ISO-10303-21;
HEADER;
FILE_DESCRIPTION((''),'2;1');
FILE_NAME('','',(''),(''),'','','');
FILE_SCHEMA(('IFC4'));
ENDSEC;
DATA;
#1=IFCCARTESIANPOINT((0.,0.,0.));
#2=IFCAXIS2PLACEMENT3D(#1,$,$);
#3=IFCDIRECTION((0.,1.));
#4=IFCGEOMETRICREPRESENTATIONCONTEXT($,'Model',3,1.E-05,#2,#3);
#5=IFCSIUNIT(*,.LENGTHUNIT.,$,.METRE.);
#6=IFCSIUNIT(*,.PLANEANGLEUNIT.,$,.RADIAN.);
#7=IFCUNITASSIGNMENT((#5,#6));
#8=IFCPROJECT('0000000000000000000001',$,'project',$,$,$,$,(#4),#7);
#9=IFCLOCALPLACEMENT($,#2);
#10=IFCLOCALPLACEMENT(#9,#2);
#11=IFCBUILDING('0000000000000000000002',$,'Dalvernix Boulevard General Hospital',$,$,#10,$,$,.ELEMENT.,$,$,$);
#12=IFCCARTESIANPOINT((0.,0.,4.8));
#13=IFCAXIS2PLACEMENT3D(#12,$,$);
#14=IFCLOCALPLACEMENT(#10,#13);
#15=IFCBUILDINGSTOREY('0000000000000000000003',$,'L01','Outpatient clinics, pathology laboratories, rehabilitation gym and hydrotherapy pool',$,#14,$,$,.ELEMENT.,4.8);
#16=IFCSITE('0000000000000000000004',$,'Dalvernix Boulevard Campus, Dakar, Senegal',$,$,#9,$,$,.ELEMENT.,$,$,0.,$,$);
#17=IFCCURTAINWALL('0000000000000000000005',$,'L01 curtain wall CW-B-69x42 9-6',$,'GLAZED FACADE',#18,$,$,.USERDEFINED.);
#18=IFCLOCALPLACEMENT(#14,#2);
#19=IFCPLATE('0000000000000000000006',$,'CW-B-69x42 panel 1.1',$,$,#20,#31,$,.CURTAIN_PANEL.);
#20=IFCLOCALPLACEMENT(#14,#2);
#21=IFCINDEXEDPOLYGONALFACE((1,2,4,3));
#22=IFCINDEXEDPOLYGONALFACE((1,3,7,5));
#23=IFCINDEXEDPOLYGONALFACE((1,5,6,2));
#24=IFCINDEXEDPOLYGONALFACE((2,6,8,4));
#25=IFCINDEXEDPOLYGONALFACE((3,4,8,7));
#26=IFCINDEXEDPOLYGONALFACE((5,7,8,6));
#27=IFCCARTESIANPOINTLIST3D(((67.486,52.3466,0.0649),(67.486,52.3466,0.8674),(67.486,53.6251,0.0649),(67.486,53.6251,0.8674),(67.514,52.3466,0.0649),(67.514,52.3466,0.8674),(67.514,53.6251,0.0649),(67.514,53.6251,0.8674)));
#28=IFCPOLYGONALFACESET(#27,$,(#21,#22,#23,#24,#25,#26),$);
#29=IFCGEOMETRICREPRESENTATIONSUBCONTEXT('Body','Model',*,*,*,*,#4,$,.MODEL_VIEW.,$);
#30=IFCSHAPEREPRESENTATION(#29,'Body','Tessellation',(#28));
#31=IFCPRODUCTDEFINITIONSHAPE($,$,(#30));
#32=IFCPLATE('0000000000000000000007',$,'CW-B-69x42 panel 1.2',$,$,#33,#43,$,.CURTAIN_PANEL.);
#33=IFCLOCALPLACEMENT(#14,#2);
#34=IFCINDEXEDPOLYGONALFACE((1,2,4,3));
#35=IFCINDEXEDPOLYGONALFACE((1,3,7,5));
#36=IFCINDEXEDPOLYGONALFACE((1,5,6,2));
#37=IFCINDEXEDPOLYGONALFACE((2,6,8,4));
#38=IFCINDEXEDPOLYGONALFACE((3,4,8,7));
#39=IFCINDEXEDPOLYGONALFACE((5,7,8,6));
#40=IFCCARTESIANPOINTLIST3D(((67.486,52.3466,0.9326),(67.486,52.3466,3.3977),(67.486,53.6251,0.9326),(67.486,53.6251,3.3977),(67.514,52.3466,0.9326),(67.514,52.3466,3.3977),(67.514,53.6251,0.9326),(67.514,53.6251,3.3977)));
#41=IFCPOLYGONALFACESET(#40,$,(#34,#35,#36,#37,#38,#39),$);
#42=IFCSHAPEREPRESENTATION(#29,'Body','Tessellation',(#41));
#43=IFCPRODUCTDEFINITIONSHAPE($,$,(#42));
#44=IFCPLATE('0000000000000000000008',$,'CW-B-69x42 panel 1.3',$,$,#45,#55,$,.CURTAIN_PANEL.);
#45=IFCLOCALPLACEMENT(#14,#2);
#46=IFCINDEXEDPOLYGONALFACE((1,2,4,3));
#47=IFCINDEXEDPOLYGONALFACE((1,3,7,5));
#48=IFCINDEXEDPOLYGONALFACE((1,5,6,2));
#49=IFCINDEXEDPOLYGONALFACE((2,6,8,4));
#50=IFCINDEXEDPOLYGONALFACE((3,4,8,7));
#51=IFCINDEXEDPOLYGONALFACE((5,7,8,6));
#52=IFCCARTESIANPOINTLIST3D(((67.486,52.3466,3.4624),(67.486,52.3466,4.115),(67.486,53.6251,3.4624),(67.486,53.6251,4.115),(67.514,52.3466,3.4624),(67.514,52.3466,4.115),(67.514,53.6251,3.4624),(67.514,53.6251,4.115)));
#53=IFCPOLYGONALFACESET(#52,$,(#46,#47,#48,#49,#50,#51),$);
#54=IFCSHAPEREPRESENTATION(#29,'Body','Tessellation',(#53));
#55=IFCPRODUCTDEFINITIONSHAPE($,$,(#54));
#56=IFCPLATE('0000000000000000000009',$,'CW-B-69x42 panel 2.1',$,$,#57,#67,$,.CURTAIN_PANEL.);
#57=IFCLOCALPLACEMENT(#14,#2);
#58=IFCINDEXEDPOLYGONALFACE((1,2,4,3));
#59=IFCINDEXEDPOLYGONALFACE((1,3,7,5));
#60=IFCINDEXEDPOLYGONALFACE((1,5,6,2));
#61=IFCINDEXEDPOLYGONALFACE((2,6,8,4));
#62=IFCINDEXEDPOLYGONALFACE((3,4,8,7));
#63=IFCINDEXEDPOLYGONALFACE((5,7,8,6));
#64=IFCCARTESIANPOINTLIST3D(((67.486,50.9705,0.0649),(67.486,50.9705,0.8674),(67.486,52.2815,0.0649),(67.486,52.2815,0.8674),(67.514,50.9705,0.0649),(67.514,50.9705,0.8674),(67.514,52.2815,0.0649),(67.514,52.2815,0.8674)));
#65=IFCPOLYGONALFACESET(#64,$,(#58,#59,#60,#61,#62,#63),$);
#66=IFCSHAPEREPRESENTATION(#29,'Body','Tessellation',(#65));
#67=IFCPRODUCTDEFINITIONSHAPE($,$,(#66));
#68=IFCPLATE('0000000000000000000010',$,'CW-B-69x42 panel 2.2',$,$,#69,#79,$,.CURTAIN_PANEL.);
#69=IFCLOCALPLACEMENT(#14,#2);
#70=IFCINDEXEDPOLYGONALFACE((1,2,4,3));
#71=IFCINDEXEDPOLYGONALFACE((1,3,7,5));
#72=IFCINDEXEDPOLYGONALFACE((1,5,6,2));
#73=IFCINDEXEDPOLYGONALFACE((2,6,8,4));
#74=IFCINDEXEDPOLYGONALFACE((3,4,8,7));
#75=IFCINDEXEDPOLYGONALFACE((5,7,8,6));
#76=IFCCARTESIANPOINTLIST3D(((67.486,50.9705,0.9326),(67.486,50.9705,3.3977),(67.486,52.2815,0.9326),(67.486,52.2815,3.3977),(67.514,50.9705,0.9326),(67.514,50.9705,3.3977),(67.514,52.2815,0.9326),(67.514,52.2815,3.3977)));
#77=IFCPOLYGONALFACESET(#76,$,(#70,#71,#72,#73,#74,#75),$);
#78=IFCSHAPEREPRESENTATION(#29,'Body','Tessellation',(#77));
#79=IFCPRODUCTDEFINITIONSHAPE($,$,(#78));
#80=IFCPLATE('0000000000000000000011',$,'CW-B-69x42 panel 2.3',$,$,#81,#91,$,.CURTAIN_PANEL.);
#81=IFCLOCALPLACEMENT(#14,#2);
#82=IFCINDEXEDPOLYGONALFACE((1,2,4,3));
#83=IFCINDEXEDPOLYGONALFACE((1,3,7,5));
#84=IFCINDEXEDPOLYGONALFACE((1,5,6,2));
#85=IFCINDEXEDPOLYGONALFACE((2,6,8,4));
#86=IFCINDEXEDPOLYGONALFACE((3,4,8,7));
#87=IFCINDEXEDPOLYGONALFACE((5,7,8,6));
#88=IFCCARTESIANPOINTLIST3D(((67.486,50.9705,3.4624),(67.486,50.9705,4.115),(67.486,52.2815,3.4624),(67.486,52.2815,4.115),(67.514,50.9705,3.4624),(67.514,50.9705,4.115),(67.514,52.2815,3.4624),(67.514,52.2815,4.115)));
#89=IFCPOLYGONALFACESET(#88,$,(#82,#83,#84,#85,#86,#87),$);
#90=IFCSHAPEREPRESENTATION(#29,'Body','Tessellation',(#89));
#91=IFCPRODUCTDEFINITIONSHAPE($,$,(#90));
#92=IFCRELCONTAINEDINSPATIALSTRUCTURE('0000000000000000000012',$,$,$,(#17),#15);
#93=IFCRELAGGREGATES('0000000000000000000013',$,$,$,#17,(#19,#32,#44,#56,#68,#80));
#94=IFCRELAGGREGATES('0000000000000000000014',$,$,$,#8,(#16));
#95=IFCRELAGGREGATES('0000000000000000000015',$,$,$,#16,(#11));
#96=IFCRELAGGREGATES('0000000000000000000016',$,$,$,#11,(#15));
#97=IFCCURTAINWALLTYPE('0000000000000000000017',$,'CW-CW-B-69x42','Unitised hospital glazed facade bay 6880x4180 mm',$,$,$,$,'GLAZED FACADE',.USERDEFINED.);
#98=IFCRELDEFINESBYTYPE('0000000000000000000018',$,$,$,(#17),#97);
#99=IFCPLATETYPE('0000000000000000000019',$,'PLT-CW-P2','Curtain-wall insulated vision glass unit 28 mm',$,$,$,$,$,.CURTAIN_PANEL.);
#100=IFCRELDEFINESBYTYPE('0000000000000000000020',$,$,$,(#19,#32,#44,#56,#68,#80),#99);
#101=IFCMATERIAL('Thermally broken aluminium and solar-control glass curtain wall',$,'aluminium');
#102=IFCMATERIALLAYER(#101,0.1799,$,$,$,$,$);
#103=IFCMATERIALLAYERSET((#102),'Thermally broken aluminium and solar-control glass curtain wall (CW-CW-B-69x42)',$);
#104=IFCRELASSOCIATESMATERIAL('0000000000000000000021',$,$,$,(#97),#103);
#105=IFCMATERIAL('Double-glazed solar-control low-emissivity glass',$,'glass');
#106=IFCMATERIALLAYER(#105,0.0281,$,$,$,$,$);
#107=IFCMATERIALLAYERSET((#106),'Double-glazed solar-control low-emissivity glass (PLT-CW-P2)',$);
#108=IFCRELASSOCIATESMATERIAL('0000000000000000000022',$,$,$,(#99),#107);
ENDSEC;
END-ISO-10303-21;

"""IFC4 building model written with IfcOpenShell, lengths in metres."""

from ifc_helpers import new_model, si_unit, direction, frame, origin, origin_2d, place, context, subcontext, project, spatial, rectangle, extrude, material, layer, layer_set, type_object, element, aggregate, save


model = new_model("IFC4")

# Units and contexts
model_context = context("Model", 3, precision=1e-05, world=origin(), true_north=direction((0.0, 1.0)))
body_context = subcontext(model_context, "Body", "Model", "MODEL_VIEW")
ifc_project = project(units=[si_unit("LENGTHUNIT", "METRE"), si_unit("PLANEANGLEUNIT", "RADIAN")], contexts=[model_context])

# Site, building, storey
site_placement = place(None, origin())
site = spatial("IfcSite", under=ifc_project, at=site_placement, Name="Dalvernix Boulevard Campus, Dakar, Senegal", CompositionType="ELEMENT", RefElevation=0.0)
building_placement = place(site_placement, origin())
building = spatial("IfcBuilding", under=site, at=building_placement, Name="Dalvernix Boulevard General Hospital", CompositionType="ELEMENT")
storey_placement = place(building_placement, frame((0.0, 0.0, 4.8)))
storey = spatial("IfcBuildingStorey", under=building, at=storey_placement, Name="L01", Description="Outpatient clinics, pathology laboratories, rehabilitation gym and hydrotherapy pool", CompositionType="ELEMENT", Elevation=4.8)

# Curtain wall, plates
ifc_material_1 = material(Name="Thermally broken aluminium and solar-control glass curtain wall", Category="aluminium")
ifc_layer_1 = layer(ifc_material_1, 0.1799)
ifc_layer_set_1 = layer_set([ifc_layer_1], Name="Thermally broken aluminium and solar-control glass curtain wall (CW-CW-B-69x42)")
curtain_wall_type = type_object("IfcCurtainWallType", Name="CW-CW-B-69x42", Description="Unitised hospital glazed facade bay 6880x4180 mm", ElementType="GLAZED FACADE", PredefinedType="USERDEFINED", material=ifc_layer_set_1)
curtain_wall_placement = place(storey_placement, origin())
curtain_wall = element("IfcCurtainWall", 1, at=curtain_wall_placement, inside=storey, type_object=curtain_wall_type, Name="L01 curtain wall CW-B-69x42 9-6", ObjectType="GLAZED FACADE", PredefinedType="USERDEFINED")
ifc_material_2 = material(Name="Double-glazed solar-control low-emissivity glass", Category="glass")
ifc_layer_2 = layer(ifc_material_2, 0.0281)
ifc_layer_set_2 = layer_set([ifc_layer_2], Name="Double-glazed solar-control low-emissivity glass (PLT-CW-P2)")
plate_type = type_object("IfcPlateType", Name="PLT-CW-P2", Description="Curtain-wall insulated vision glass unit 28 mm", PredefinedType="CURTAIN_PANEL", material=ifc_layer_set_2)
plate_1_placement = place(storey_placement, frame((67.5, 52.9858, 0.0649), z_axis=(0.0, 0.0, 1.0), x_axis=(0.0, -1.0, 0.0)))
plate_1 = element("IfcPlate", 2, at=plate_1_placement, type_object=plate_type, Name="CW-B-69x42 panel 1.1", PredefinedType="CURTAIN_PANEL", context=body_context, shape_type="SweptSolid", body=[
    extrude(rectangle(XDim=1.2786, YDim=0.0281, at=origin_2d()), origin(), (0.0, 0.0, 1.0), 0.8025),
])
plate_2_placement = place(storey_placement, frame((67.5, 52.9858, 0.9326), z_axis=(0.0, 0.0, 1.0), x_axis=(0.0, -1.0, 0.0)))
plate_2 = element("IfcPlate", 3, at=plate_2_placement, type_object=plate_type, Name="CW-B-69x42 panel 1.2", PredefinedType="CURTAIN_PANEL", context=body_context, shape_type="SweptSolid", body=[
    extrude(rectangle(XDim=1.2786, YDim=0.0281, at=origin_2d()), origin(), (0.0, 0.0, 1.0), 2.4651),
])
plate_3_placement = place(storey_placement, frame((67.5, 52.9858, 3.4624), z_axis=(0.0, 0.0, 1.0), x_axis=(0.0, -1.0, 0.0)))
plate_3 = element("IfcPlate", 4, at=plate_3_placement, type_object=plate_type, Name="CW-B-69x42 panel 1.3", PredefinedType="CURTAIN_PANEL", context=body_context, shape_type="SweptSolid", body=[
    extrude(rectangle(XDim=1.2786, YDim=0.0281, at=origin_2d()), origin(), (0.0, 0.0, 1.0), 0.6526),
])
plate_4_placement = place(storey_placement, frame((67.5, 51.626, 0.0649), z_axis=(0.0, 0.0, 1.0), x_axis=(0.0, -1.0, 0.0)))
plate_4 = element("IfcPlate", 5, at=plate_4_placement, type_object=plate_type, Name="CW-B-69x42 panel 2.1", PredefinedType="CURTAIN_PANEL", context=body_context, shape_type="SweptSolid", body=[
    extrude(rectangle(XDim=1.311, YDim=0.0281, at=origin_2d()), origin(), (0.0, 0.0, 1.0), 0.8025),
])
plate_5_placement = place(storey_placement, frame((67.5, 51.626, 0.9326), z_axis=(0.0, 0.0, 1.0), x_axis=(0.0, -1.0, 0.0)))
plate_5 = element("IfcPlate", 6, at=plate_5_placement, type_object=plate_type, Name="CW-B-69x42 panel 2.2", PredefinedType="CURTAIN_PANEL", context=body_context, shape_type="SweptSolid", body=[
    extrude(rectangle(XDim=1.311, YDim=0.0281, at=origin_2d()), origin(), (0.0, 0.0, 1.0), 2.4651),
])
plate_6_placement = place(storey_placement, frame((67.5, 51.626, 3.4624), z_axis=(0.0, 0.0, 1.0), x_axis=(0.0, -1.0, 0.0)))
plate_6 = element("IfcPlate", 7, at=plate_6_placement, type_object=plate_type, Name="CW-B-69x42 panel 2.3", PredefinedType="CURTAIN_PANEL", context=body_context, shape_type="SweptSolid", body=[
    extrude(rectangle(XDim=1.311, YDim=0.0281, at=origin_2d()), origin(), (0.0, 0.0, 1.0), 0.6526),
])
aggregate(curtain_wall, [plate_1, plate_2, plate_3, plate_4, plate_5, plate_6])

save(model, "model.ifc")
